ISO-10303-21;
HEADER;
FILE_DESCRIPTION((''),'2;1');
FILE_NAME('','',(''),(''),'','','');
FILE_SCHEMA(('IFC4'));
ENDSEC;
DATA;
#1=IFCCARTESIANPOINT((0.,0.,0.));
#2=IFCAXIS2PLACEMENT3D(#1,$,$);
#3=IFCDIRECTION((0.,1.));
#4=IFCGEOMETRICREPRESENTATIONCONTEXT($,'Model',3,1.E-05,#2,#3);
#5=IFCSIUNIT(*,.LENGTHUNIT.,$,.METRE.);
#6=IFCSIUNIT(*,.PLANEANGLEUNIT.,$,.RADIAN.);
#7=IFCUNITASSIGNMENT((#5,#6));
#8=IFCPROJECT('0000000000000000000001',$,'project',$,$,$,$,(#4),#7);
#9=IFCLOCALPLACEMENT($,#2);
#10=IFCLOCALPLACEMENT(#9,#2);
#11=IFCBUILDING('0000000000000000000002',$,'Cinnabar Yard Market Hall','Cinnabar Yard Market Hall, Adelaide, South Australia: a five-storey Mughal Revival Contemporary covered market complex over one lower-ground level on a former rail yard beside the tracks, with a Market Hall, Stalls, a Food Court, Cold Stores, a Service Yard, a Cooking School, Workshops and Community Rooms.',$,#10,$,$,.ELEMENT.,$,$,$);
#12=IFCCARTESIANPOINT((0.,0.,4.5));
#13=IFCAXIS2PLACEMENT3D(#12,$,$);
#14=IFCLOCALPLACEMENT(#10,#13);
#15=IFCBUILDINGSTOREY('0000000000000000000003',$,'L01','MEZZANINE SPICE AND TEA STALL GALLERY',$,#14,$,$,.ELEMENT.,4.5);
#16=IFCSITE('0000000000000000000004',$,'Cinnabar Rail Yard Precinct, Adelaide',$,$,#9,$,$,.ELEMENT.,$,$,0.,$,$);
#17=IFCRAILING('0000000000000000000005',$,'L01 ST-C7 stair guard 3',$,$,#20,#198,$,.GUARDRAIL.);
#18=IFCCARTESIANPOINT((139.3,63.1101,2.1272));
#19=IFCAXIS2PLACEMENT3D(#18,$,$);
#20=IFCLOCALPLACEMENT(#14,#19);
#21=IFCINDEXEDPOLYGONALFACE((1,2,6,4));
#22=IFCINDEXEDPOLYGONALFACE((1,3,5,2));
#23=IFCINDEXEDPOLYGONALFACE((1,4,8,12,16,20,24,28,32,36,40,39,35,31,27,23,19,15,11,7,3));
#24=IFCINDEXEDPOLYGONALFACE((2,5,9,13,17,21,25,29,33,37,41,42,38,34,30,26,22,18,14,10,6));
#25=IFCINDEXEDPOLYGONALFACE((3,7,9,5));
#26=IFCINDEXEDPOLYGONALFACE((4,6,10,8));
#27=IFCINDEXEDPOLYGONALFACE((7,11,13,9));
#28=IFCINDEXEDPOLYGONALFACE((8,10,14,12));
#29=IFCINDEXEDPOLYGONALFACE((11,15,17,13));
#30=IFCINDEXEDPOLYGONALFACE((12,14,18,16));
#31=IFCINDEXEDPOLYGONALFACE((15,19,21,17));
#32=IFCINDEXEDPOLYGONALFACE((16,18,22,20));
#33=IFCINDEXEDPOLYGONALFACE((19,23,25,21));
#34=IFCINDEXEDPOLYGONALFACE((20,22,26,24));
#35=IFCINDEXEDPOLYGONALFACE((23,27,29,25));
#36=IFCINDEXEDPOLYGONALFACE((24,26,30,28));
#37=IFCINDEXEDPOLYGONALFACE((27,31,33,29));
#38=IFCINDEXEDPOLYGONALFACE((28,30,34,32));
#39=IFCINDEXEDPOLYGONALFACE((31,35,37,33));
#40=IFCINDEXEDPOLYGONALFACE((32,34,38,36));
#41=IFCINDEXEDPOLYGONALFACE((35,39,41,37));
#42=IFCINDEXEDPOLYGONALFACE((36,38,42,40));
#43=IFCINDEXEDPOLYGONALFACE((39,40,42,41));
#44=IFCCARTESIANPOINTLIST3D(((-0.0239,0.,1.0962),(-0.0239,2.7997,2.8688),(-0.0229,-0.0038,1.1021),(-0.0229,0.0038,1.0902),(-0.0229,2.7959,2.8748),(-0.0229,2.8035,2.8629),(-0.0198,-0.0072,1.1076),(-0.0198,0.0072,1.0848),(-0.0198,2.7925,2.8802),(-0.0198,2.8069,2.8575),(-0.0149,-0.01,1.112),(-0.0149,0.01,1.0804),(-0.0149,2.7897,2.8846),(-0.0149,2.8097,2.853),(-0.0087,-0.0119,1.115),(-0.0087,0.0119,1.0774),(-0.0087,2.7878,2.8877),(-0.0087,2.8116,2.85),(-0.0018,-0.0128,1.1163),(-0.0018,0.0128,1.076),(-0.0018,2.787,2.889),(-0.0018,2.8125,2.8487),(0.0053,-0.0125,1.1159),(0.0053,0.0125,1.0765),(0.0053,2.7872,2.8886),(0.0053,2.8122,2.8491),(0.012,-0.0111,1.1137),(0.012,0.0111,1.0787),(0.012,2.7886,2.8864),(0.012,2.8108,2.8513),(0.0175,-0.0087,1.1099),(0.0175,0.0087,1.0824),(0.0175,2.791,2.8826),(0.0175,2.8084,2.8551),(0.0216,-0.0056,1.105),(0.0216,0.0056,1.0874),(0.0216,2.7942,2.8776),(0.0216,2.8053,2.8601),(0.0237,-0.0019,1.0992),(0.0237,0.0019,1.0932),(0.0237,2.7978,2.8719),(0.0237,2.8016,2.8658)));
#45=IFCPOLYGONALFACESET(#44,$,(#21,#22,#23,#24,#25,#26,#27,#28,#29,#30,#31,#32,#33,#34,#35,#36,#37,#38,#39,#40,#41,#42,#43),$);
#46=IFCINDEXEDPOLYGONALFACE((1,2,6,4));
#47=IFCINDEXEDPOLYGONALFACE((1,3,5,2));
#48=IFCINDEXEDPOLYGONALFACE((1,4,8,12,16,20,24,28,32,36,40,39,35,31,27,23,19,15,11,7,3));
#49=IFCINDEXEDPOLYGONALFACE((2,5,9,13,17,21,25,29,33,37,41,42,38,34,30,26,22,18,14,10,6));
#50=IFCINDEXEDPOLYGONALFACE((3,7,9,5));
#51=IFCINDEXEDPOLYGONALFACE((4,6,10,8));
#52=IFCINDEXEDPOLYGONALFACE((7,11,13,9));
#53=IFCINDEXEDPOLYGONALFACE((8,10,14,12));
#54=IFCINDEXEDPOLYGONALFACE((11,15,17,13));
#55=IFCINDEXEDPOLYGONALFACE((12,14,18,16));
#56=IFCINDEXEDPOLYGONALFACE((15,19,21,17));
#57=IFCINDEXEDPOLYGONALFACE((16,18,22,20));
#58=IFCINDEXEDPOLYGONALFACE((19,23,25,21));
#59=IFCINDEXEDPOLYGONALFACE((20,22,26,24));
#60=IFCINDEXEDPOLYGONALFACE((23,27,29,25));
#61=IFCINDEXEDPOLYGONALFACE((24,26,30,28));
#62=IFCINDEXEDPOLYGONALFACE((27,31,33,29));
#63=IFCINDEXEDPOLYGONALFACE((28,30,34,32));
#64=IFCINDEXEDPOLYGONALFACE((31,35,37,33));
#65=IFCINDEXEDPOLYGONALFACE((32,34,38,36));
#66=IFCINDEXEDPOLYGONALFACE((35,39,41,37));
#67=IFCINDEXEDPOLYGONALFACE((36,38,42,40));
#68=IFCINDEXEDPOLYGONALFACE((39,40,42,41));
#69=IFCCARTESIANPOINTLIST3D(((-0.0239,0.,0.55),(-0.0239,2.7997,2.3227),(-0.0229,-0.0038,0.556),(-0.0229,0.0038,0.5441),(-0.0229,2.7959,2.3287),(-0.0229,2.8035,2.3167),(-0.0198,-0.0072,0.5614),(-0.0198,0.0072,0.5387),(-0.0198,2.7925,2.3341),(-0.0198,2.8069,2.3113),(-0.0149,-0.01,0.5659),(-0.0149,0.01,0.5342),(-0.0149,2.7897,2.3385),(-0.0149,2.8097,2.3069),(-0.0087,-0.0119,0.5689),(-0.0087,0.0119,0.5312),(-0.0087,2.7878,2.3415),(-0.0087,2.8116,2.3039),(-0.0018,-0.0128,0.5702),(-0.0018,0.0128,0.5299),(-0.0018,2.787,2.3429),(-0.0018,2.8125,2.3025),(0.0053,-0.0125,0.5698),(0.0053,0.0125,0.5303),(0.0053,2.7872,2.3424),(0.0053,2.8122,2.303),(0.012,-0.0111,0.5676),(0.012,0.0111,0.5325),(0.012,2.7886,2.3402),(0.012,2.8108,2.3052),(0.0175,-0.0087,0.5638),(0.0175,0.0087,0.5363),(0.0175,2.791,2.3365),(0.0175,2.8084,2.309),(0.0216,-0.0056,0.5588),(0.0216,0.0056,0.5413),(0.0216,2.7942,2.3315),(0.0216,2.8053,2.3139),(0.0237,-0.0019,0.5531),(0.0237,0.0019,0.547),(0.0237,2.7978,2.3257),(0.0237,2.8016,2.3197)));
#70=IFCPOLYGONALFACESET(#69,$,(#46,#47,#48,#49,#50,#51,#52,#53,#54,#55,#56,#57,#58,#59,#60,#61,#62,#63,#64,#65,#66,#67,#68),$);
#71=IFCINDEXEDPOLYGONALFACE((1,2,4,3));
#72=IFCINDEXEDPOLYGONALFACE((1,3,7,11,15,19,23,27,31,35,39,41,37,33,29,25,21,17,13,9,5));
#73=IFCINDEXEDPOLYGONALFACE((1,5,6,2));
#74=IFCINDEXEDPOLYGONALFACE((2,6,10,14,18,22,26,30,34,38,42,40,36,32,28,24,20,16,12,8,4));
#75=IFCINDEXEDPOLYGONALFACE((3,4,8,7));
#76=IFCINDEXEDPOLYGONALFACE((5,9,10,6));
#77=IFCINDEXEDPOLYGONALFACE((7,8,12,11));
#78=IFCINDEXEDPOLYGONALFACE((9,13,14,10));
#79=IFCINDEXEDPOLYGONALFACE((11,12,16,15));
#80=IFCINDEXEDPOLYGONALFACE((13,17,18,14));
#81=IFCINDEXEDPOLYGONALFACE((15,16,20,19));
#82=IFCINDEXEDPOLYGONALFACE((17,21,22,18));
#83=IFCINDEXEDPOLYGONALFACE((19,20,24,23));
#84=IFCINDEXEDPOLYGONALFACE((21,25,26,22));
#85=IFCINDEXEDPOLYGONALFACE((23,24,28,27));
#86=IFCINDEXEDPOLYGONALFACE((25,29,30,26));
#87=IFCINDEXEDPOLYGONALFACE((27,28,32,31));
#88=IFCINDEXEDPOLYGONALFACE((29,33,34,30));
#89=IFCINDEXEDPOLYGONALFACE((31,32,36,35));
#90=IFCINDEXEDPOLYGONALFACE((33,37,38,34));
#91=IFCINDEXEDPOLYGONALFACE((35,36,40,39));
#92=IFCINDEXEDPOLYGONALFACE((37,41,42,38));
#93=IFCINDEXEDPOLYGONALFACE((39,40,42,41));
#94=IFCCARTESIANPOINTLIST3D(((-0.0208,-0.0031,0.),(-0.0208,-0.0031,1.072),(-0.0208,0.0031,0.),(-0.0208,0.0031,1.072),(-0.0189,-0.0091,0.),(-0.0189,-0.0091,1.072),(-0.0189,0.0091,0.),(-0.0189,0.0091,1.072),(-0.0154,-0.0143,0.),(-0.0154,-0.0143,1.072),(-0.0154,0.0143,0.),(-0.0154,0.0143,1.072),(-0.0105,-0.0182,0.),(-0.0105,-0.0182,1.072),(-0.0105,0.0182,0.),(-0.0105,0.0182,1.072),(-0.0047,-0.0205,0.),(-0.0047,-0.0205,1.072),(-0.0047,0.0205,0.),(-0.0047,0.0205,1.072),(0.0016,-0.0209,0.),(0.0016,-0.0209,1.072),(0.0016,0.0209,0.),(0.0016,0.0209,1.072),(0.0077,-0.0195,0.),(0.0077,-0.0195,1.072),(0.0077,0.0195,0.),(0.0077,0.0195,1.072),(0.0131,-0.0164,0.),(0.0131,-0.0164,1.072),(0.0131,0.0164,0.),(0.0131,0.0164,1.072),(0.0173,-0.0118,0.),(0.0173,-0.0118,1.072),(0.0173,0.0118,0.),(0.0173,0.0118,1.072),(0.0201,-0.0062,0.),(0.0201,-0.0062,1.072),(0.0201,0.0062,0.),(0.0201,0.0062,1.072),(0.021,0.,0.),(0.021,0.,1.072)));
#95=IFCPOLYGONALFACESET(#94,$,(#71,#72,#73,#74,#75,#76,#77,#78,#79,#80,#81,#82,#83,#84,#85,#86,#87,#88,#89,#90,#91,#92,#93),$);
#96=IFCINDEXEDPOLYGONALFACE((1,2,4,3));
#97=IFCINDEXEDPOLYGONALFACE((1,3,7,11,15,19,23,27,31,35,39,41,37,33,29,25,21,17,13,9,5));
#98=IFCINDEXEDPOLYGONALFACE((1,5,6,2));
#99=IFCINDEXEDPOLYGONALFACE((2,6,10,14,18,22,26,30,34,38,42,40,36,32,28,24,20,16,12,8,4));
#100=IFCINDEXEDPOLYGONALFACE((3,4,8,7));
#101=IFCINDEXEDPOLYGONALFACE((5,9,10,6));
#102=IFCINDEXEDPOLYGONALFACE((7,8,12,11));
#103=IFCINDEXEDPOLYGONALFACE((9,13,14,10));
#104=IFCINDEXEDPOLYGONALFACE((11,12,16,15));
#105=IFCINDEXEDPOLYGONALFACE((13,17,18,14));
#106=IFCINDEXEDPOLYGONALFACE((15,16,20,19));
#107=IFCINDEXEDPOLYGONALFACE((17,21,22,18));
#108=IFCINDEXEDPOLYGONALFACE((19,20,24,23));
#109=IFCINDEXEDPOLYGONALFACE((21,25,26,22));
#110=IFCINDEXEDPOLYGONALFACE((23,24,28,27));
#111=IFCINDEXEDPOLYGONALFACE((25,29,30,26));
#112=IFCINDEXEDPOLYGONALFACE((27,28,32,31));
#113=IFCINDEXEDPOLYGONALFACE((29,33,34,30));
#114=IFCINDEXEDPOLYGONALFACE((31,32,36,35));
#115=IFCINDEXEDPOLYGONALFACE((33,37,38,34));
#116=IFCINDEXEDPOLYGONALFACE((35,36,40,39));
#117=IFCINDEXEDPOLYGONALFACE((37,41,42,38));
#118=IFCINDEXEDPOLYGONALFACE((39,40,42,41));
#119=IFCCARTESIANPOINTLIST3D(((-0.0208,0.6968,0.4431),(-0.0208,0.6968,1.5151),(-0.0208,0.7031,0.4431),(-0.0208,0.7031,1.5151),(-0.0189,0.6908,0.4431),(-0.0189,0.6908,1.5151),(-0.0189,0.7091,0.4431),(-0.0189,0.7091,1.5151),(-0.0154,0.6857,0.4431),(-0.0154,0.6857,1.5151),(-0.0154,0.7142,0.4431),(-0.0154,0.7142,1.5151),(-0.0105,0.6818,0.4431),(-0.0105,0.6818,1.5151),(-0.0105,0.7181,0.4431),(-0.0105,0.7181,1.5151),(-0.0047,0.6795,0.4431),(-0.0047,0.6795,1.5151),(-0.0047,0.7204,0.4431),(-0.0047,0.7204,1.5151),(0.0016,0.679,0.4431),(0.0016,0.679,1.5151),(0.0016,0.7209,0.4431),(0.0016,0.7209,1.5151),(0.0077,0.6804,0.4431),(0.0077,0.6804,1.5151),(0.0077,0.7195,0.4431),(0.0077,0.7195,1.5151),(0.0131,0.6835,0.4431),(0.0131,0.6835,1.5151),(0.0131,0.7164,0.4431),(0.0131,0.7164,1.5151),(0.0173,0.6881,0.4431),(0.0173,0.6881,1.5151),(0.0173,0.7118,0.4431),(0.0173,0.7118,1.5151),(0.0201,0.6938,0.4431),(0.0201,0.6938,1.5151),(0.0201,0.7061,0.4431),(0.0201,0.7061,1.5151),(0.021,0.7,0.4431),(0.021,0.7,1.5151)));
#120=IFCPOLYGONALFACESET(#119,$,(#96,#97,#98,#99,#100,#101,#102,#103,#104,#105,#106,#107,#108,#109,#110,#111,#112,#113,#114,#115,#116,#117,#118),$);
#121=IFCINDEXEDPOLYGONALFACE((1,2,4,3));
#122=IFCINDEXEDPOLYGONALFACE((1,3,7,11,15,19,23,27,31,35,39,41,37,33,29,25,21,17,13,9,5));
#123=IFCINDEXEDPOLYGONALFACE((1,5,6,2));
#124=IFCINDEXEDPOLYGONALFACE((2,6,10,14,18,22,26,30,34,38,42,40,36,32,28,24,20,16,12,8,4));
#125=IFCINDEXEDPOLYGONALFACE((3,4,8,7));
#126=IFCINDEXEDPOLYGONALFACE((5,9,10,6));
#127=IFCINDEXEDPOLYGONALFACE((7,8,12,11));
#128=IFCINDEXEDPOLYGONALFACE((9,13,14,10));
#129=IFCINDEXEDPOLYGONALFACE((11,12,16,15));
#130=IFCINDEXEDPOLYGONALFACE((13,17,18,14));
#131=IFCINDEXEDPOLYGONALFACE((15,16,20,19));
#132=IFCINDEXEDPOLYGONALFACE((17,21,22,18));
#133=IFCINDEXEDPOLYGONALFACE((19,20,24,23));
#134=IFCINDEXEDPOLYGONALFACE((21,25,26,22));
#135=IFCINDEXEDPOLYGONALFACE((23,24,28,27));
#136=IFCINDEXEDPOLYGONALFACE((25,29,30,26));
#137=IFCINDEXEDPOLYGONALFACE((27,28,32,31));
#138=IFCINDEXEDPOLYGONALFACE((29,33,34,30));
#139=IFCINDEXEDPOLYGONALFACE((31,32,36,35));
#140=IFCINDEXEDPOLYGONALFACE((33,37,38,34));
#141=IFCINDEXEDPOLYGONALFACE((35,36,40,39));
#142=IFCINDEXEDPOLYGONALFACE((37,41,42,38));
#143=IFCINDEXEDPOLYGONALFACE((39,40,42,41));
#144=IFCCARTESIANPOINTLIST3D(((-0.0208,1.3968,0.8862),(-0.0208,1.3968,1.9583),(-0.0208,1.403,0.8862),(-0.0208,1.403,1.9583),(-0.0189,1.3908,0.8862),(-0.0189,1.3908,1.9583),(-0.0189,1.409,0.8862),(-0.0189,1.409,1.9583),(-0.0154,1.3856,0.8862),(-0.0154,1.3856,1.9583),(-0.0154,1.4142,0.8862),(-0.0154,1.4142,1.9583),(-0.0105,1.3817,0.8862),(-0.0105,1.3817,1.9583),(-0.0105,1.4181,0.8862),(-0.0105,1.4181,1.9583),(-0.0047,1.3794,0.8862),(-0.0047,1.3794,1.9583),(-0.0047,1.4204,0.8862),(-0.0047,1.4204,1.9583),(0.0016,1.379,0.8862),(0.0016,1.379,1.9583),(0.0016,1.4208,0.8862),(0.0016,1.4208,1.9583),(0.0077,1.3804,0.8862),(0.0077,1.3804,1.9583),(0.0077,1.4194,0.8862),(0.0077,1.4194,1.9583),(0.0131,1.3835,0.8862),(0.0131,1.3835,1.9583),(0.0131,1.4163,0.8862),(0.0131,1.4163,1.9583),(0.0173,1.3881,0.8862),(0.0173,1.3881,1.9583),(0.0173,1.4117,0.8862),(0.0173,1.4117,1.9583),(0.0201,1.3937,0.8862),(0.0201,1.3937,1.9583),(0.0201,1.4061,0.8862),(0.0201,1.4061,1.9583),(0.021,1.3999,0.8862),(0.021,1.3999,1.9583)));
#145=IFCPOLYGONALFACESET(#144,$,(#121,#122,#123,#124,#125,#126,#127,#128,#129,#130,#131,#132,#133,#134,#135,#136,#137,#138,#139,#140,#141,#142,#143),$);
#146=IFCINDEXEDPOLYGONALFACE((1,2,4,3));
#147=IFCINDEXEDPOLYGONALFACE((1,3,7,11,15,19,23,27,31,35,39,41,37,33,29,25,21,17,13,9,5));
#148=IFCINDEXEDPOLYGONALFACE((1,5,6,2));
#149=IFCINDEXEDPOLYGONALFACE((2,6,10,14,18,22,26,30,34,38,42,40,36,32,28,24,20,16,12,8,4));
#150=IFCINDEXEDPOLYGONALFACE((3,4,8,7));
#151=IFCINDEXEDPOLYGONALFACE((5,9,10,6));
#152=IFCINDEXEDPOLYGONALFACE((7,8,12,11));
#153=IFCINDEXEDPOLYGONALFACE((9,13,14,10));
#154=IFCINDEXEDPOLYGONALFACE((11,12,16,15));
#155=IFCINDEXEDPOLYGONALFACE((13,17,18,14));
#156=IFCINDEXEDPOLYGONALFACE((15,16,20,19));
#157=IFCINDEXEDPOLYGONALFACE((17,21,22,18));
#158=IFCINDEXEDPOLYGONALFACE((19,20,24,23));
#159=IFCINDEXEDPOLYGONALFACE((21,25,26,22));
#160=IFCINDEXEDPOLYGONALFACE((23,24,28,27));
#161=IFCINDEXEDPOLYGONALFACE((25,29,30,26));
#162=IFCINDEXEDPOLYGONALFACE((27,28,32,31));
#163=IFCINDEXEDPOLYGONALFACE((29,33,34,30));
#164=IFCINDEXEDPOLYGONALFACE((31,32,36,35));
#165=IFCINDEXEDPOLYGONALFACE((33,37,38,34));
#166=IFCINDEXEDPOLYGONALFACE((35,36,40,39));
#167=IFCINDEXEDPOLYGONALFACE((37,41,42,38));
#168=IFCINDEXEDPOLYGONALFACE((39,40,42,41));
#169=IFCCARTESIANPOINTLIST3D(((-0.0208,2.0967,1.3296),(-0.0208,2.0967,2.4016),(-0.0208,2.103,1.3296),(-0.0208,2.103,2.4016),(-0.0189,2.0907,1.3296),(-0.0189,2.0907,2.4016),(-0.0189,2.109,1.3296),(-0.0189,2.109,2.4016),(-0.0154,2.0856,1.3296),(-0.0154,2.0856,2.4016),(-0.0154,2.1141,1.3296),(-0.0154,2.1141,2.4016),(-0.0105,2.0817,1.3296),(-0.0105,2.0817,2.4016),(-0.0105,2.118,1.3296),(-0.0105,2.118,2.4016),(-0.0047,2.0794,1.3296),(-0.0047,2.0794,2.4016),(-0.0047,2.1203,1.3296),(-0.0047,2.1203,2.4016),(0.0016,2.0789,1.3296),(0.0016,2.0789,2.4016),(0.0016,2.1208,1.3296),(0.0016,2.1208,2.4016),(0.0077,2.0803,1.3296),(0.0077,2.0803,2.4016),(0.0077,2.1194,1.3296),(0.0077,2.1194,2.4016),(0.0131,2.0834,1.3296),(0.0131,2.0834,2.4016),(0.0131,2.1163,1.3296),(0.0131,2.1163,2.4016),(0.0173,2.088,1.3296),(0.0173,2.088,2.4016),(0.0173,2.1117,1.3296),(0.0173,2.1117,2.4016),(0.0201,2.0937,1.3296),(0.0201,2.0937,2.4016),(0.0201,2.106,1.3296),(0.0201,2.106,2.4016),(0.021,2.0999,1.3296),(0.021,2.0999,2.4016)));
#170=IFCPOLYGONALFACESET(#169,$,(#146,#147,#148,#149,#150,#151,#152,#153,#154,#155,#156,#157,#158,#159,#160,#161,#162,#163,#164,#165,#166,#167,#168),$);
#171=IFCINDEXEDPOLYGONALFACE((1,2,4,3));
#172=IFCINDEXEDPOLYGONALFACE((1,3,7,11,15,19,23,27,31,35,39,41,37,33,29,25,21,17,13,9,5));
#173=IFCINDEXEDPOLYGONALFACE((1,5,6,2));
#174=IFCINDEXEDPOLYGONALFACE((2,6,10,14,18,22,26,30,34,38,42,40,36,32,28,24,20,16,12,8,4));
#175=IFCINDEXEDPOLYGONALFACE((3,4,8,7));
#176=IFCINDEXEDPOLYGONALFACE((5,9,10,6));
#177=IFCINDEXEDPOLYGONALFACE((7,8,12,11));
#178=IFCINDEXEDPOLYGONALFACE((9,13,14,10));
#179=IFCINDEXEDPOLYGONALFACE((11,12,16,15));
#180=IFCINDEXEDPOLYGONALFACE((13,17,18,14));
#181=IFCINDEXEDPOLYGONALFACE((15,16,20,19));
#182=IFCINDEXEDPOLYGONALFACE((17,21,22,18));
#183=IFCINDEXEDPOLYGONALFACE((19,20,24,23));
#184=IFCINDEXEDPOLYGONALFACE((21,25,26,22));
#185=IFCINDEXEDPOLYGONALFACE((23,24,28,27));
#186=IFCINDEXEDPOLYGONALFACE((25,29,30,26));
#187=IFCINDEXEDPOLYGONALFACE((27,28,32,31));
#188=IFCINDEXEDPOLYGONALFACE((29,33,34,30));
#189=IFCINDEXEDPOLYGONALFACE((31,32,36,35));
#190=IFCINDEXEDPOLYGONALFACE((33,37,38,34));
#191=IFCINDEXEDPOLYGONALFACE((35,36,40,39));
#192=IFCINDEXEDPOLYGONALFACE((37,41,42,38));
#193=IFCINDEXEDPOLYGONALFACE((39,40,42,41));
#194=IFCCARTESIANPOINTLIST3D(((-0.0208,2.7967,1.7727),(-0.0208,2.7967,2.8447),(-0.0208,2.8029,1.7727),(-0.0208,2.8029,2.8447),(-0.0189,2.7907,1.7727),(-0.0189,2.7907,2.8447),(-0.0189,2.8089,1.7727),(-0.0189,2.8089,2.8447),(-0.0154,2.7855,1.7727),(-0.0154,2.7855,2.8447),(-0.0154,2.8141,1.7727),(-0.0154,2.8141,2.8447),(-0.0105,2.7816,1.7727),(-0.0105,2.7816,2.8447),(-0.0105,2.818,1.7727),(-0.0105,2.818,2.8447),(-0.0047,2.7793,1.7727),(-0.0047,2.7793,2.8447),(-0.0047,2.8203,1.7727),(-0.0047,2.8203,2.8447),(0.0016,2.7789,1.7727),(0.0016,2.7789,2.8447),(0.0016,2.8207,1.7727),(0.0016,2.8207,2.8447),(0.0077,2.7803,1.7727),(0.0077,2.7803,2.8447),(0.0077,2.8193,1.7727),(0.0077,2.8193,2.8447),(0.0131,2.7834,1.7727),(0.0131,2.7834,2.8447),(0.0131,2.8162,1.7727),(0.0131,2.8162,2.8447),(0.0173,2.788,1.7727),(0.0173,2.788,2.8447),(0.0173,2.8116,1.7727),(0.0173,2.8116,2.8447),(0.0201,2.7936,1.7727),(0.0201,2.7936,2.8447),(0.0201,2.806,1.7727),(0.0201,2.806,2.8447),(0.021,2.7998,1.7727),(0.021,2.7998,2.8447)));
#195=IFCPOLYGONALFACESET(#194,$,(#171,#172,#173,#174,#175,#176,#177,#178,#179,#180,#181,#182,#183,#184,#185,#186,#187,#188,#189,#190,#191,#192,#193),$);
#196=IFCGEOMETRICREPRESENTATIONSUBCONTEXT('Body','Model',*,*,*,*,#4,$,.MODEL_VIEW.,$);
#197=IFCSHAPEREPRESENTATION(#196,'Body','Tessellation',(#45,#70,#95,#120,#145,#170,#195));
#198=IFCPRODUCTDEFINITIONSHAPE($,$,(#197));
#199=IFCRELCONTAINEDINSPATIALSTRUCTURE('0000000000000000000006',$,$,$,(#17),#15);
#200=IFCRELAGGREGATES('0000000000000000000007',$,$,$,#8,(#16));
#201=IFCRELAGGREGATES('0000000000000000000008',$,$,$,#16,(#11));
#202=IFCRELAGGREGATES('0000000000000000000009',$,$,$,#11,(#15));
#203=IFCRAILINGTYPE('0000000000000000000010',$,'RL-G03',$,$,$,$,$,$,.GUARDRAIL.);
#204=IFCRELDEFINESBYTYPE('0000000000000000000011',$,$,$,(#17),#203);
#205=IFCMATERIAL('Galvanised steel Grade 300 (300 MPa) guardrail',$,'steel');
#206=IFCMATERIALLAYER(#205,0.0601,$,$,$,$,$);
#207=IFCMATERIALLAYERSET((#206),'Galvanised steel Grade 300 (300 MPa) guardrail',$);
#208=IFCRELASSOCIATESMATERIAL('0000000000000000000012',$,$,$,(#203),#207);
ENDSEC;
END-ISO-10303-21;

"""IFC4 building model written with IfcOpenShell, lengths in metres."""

from ifc_helpers import new_model, si_unit, direction, frame, origin, origin_2d_with_axis, place, context, subcontext, project, spatial, circle, extrude, material, layer, layer_set, type_object, element, save


model = new_model("IFC4")

# Units and contexts
model_context = context("Model", 3, precision=1e-05, world=origin(), true_north=direction((0.0, 1.0)))
body_context = subcontext(model_context, "Body", "Model", "MODEL_VIEW")
ifc_project = project(units=[si_unit("LENGTHUNIT", "METRE"), si_unit("PLANEANGLEUNIT", "RADIAN")], contexts=[model_context])

# Site, building, storey
site_placement = place(None, origin())
site = spatial("IfcSite", under=ifc_project, at=site_placement, Name="Cinnabar Rail Yard Precinct, Adelaide", CompositionType="ELEMENT", RefElevation=0.0)
building_placement = place(site_placement, origin())
building = spatial("IfcBuilding", under=site, at=building_placement, Name="Cinnabar Yard Market Hall", Description="Cinnabar Yard Market Hall, Adelaide, South Australia: a five-storey Mughal Revival Contemporary covered market complex over one lower-ground level on a former rail yard beside the tracks, with a Market Hall, Stalls, a Food Court, Cold Stores, a Service Yard, a Cooking School, Workshops and Community Rooms.", CompositionType="ELEMENT")
storey_placement = place(building_placement, frame((0.0, 0.0, 4.5)))
storey = spatial("IfcBuildingStorey", under=building, at=storey_placement, Name="L01", Description="MEZZANINE SPICE AND TEA STALL GALLERY", CompositionType="ELEMENT", Elevation=4.5)

# Railing
ifc_material_1 = material(Name="Galvanised steel Grade 300 (300 MPa) guardrail", Category="steel")
ifc_layer_1 = layer(ifc_material_1, 0.0601)
ifc_layer_set_1 = layer_set([ifc_layer_1], Name="Galvanised steel Grade 300 (300 MPa) guardrail")
railing_type_1 = type_object("IfcRailingType", Name="RL-G03", PredefinedType="GUARDRAIL", material=ifc_layer_set_1)
railing_1_placement = place(storey_placement, frame((139.3, 63.1101, 2.1272)))
element("IfcRailing", 1, at=railing_1_placement, inside=storey, type_object=railing_type_1, Name="L01 ST-C7 stair guard 3", PredefinedType="GUARDRAIL", context=body_context, shape_type="SweptSolid", body=[
    extrude(circle(Radius=0.0239, at=origin_2d_with_axis()), frame((0.0, 0.0, 1.0962), z_axis=(0.0, 0.844888, 0.534943), x_axis=(-1.0, 0.0, 0.0)), (0.0, 0.0, 1.0), 3.3137),
    extrude(circle(Radius=0.0239, at=origin_2d_with_axis()), frame((0.0, 0.0, 0.55), z_axis=(0.0, 0.844888, 0.534943), x_axis=(-1.0, 0.0, 0.0)), (0.0, 0.0, 1.0), 3.3137),
    extrude(circle(Radius=0.021, at=origin_2d_with_axis()), origin(), (0.0, 0.0, 1.0), 1.072),
    extrude(circle(Radius=0.021, at=origin_2d_with_axis()), frame((0.0, 0.7, 0.4431)), (0.0, 0.0, 1.0), 1.072),
    extrude(circle(Radius=0.021, at=origin_2d_with_axis()), frame((0.0, 1.3999, 0.8862)), (0.0, 0.0, 1.0), 1.072),
    extrude(circle(Radius=0.021, at=origin_2d_with_axis()), frame((0.0, 2.0999, 1.3296)), (0.0, 0.0, 1.0), 1.072),
    extrude(circle(Radius=0.021, at=origin_2d_with_axis()), frame((0.0, 2.7998, 1.7727)), (0.0, 0.0, 1.0), 1.072),
])

save(model, "model.ifc")
